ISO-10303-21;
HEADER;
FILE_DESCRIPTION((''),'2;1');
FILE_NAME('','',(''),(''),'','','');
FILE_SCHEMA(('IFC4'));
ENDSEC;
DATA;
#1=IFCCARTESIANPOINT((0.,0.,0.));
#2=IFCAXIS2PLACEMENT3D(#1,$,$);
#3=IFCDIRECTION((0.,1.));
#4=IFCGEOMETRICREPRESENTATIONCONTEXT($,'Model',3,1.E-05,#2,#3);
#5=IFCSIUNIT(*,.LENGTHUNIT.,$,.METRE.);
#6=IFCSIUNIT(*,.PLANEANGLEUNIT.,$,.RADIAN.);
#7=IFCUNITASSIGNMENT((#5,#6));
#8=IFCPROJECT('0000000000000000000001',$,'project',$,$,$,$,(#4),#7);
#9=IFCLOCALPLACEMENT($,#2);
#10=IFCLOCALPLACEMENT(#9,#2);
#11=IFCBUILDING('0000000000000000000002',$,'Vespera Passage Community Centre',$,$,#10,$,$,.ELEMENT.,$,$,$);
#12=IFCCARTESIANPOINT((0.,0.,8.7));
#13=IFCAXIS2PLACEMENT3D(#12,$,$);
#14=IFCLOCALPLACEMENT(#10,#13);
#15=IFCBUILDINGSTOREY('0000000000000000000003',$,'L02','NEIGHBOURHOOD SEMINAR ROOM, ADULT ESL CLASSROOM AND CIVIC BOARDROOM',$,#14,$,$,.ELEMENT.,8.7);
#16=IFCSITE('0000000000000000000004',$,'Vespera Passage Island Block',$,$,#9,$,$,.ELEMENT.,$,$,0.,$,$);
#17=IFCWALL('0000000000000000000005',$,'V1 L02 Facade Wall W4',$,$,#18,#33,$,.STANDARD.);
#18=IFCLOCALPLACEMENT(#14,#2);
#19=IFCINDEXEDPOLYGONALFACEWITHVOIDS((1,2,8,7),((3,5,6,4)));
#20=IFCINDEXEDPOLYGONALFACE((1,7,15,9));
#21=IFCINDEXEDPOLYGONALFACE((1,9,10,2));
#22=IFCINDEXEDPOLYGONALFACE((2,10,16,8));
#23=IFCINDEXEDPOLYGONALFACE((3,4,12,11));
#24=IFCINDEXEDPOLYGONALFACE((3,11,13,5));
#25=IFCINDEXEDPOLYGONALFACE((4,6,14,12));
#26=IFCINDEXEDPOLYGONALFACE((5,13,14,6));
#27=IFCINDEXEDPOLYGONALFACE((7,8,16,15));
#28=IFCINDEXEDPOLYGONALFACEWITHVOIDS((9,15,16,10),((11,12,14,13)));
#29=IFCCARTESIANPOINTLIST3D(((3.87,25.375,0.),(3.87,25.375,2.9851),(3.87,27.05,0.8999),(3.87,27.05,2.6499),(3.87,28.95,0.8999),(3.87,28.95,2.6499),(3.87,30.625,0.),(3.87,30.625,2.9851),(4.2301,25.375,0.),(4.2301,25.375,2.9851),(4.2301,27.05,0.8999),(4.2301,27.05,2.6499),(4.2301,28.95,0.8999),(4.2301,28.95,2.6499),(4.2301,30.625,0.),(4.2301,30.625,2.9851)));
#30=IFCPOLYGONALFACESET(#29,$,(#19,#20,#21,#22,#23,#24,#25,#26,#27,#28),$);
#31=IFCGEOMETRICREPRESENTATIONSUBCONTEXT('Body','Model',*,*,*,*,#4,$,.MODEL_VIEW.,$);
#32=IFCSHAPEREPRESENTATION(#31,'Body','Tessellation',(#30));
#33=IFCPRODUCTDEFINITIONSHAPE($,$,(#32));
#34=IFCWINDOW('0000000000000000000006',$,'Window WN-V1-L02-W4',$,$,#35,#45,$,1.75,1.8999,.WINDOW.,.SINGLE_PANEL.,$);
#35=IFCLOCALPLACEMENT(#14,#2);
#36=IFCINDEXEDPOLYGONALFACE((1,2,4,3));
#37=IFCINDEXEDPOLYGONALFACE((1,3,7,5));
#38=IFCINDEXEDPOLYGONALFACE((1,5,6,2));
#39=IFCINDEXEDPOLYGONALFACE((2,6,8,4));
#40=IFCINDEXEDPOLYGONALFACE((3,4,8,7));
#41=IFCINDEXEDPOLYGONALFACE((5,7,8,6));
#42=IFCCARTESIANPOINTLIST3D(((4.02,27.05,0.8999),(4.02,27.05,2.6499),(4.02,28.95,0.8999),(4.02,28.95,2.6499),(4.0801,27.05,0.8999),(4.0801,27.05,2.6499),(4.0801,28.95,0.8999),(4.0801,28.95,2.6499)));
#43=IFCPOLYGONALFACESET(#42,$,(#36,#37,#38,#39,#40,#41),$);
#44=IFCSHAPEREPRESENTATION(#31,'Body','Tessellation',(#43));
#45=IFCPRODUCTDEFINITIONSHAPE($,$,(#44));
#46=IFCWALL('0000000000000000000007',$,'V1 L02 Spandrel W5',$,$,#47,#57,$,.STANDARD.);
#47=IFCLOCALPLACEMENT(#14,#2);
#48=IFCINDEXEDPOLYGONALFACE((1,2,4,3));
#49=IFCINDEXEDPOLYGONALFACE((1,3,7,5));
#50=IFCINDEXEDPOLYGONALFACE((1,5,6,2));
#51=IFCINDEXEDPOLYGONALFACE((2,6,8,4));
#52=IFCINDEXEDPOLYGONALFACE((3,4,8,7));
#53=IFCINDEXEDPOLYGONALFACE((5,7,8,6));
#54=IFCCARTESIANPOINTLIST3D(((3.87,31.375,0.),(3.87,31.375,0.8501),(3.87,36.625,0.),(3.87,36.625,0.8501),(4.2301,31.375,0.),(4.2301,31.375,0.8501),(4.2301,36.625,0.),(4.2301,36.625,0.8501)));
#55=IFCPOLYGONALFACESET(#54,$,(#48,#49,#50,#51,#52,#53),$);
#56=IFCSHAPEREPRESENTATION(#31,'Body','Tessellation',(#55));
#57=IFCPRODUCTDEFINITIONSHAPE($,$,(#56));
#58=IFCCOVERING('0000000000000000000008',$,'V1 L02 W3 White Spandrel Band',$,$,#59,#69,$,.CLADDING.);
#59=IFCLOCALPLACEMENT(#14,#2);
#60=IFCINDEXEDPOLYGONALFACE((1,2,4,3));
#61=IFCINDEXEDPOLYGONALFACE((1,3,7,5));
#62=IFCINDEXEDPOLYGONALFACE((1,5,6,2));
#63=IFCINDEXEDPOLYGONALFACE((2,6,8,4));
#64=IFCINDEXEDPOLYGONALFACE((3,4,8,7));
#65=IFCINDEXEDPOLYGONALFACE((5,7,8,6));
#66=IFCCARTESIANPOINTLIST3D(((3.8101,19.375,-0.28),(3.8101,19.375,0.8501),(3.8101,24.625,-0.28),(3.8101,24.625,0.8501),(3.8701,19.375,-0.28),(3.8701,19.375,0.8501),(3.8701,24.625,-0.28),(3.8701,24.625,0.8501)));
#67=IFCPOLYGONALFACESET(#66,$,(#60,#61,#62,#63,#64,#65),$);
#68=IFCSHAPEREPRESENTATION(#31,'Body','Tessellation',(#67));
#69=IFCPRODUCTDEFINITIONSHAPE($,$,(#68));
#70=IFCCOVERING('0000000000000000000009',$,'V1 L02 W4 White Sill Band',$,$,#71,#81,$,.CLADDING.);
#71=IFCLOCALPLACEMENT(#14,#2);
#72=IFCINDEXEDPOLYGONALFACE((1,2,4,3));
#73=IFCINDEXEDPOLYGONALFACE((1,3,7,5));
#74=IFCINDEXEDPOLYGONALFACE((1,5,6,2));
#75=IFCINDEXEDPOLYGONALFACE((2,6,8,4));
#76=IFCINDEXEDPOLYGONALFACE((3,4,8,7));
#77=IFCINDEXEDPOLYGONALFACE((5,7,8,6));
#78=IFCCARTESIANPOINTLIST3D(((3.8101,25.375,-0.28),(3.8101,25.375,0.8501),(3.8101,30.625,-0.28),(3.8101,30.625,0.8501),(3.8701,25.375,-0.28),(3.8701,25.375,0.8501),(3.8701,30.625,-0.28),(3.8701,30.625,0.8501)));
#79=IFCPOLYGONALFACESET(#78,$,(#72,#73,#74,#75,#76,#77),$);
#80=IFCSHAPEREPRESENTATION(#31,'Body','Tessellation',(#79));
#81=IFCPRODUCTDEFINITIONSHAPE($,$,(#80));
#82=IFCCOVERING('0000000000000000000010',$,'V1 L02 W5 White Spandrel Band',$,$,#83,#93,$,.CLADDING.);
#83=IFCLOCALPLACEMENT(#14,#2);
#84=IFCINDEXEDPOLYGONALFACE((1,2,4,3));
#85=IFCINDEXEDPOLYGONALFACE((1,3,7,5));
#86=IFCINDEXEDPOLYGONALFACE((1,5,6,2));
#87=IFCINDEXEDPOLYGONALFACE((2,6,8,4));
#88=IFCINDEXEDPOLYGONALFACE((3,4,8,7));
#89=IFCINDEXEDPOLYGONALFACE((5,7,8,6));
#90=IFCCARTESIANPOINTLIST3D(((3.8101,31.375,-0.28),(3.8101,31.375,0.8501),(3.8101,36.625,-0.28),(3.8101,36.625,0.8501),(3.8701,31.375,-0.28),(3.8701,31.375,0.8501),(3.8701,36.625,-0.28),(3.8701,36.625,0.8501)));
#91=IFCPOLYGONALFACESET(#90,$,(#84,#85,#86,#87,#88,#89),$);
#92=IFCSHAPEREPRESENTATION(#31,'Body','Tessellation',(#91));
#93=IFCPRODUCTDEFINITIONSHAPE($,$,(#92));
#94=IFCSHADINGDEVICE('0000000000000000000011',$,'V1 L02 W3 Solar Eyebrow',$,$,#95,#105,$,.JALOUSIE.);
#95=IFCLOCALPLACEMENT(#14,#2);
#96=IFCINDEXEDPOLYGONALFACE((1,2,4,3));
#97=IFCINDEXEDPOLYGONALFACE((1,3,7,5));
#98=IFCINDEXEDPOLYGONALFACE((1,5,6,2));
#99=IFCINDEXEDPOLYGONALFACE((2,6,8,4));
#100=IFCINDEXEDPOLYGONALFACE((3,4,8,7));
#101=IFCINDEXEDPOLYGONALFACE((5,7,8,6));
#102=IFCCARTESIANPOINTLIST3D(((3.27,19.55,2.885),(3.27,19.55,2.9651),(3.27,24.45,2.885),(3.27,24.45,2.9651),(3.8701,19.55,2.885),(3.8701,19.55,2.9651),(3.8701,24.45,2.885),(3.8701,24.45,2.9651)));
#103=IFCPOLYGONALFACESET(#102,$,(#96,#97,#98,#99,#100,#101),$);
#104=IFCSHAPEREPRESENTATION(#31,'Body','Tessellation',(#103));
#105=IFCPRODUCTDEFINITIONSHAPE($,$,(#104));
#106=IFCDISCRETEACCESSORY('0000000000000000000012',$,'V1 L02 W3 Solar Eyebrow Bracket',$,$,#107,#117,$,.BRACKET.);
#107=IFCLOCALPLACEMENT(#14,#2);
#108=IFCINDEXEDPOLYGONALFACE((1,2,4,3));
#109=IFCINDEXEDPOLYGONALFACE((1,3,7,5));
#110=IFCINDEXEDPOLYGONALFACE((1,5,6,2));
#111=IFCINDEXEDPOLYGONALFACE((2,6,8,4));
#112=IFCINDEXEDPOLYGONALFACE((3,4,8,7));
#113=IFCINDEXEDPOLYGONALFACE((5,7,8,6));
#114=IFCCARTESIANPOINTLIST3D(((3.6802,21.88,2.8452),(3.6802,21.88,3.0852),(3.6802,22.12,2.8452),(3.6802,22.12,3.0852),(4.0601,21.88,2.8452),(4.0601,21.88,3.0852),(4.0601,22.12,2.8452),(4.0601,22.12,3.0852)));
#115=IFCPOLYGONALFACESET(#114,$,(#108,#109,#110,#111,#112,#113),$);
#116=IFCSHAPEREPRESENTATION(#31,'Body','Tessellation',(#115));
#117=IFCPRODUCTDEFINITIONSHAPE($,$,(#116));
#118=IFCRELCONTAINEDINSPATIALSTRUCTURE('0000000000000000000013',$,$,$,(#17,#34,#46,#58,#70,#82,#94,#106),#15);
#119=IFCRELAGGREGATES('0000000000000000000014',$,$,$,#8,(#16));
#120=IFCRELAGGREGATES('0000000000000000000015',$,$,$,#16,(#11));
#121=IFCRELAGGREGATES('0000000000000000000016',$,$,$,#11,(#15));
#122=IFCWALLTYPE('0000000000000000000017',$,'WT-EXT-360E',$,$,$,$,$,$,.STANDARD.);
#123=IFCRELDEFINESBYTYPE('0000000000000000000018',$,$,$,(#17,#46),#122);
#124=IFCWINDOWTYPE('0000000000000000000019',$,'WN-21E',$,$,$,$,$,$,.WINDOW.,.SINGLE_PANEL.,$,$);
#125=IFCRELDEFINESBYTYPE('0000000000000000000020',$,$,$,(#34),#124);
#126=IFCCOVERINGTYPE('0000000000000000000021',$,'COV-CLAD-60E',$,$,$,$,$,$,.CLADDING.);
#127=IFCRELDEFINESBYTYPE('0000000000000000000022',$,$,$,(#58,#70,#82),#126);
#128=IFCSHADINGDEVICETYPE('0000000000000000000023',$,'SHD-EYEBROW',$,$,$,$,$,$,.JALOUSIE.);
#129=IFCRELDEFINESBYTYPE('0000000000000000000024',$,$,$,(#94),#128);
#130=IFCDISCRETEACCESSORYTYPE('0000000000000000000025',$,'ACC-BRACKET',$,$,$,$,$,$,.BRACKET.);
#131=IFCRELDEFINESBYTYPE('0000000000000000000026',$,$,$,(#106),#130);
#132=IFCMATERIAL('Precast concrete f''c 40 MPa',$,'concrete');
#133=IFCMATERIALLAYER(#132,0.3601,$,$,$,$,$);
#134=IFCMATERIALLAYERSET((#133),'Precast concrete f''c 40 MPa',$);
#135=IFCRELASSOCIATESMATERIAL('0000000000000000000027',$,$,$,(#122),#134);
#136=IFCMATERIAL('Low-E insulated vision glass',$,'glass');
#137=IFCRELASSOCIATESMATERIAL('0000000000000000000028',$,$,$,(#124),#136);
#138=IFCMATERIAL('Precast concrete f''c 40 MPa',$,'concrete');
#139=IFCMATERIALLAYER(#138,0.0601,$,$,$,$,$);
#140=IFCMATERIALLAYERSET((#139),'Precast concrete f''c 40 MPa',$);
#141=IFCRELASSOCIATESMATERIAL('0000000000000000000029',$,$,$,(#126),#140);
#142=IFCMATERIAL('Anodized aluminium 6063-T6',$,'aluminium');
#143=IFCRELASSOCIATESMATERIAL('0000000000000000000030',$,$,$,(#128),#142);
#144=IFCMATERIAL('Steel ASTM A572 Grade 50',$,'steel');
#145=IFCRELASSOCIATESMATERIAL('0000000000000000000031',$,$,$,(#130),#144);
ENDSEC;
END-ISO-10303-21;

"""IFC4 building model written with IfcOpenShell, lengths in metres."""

from ifc_helpers import new_model, si_unit, direction, frame, frame_2d, origin, origin_2d, place, context, subcontext, project, spatial, rectangle, extrude, material, layer, layer_set, type_object, element, fill, save


model = new_model("IFC4")

# Units and contexts
model_context = context("Model", 3, precision=1e-05, world=origin(), true_north=direction((0.0, 1.0)))
body_context = subcontext(model_context, "Body", "Model", "MODEL_VIEW")
ifc_project = project(units=[si_unit("LENGTHUNIT", "METRE"), si_unit("PLANEANGLEUNIT", "RADIAN")], contexts=[model_context])

# Site, building, storey
site_placement = place(None, origin())
site = spatial("IfcSite", under=ifc_project, at=site_placement, Name="Vespera Passage Island Block", CompositionType="ELEMENT", RefElevation=0.0)
building_placement = place(site_placement, origin())
building = spatial("IfcBuilding", under=site, at=building_placement, Name="Vespera Passage Community Centre", CompositionType="ELEMENT")
storey_placement = place(building_placement, frame((0.0, 0.0, 8.7)))
storey = spatial("IfcBuildingStorey", under=building, at=storey_placement, Name="L02", Description="NEIGHBOURHOOD SEMINAR ROOM, ADULT ESL CLASSROOM AND CIVIC BOARDROOM", CompositionType="ELEMENT", Elevation=8.7)

# Shared definitions
ifc_material_1 = material(Name="Precast concrete f'c 40 MPa", Category="concrete")
ifc_layer_1 = layer(ifc_material_1, 0.3601)
ifc_layer_set_1 = layer_set([ifc_layer_1], Name="Precast concrete f'c 40 MPa")
wall_type = type_object("IfcWallType", Name="WT-EXT-360E", PredefinedType="STANDARD", material=ifc_layer_set_1)

# Wall, opening, window
wall_1_placement = place(storey_placement, frame((4.05, 25.375, 0.0), z_axis=(0.0, 0.0, 1.0), x_axis=(0.0, 1.0, 0.0)))
wall_1 = element("IfcWall", 1, at=wall_1_placement, inside=storey, type_object=wall_type, Name="V1 L02 Facade Wall W4", PredefinedType="STANDARD", context=body_context, shape_type="SweptSolid", body=[
    extrude(rectangle(XDim=5.25, YDim=0.3601, at=frame_2d((2.625, 0.0))), origin(), (0.0, 0.0, 1.0), 2.9851),
])
opening_placement = place(wall_1_placement, frame((1.675, 0.0, 0.8999)))
opening = element("IfcOpeningElement", 2, at=opening_placement, cuts=wall_1, PredefinedType="OPENING", context=body_context, shape_type="SweptSolid", body=[
    extrude(rectangle(XDim=1.8999, YDim=1.75, at=frame_2d((0.95, 0.875))), frame((0.0, 0.1902, 0.0), z_axis=(0.0, -1.0, 0.0), x_axis=(1.0, 0.0, 0.0)), (0.0, 0.0, 1.0), 0.3801),
])
ifc_material_2 = material(Name="Low-E insulated vision glass", Category="glass")
window_type = type_object("IfcWindowType", Name="WN-21E", PartitioningType="SINGLE_PANEL", PredefinedType="WINDOW", material=ifc_material_2)
window_placement = place(opening_placement, origin())
window = element("IfcWindow", 3, at=window_placement, inside=storey, type_object=window_type, Name="Window WN-V1-L02-W4", OverallHeight=1.75, OverallWidth=1.8999, PartitioningType="SINGLE_PANEL", PredefinedType="WINDOW", context=body_context, shape_type="SweptSolid", body=[
    extrude(rectangle(XDim=1.8999, YDim=1.75, at=frame_2d((0.95, 0.875))), frame((0.0, 0.03, 0.0), z_axis=(0.0, -1.0, 0.0), x_axis=(1.0, 0.0, 0.0)), (0.0, 0.0, 1.0), 0.0601),
])
fill(opening, window)

# Wall
wall_2_placement = place(storey_placement, frame((4.05, 31.375, 0.0), z_axis=(0.0, 0.0, 1.0), x_axis=(0.0, 1.0, 0.0)))
element("IfcWall", 4, at=wall_2_placement, inside=storey, type_object=wall_type, Name="V1 L02 Spandrel W5", PredefinedType="STANDARD", context=body_context, shape_type="SweptSolid", body=[
    extrude(rectangle(XDim=5.25, YDim=0.3601, at=frame_2d((2.625, 0.0))), origin(), (0.0, 0.0, 1.0), 0.8501),
])

# Coverings
ifc_material_3 = material(Name="Precast concrete f'c 40 MPa", Category="concrete")
ifc_layer_2 = layer(ifc_material_3, 0.0601)
ifc_layer_set_2 = layer_set([ifc_layer_2], Name="Precast concrete f'c 40 MPa")
covering_type = type_object("IfcCoveringType", Name="COV-CLAD-60E", PredefinedType="CLADDING", material=ifc_layer_set_2)
for number, where, z_axis, x_axis, name in (
    (5, (3.8401, 19.375, -0.28), (0.0, 0.0, 1.0), (0.0, 1.0, 0.0), "V1 L02 W3 White Spandrel Band"),
    (6, (3.8401, 25.375, -0.28), (0.0, 0.0, 1.0), (0.0, 1.0, 0.0), "V1 L02 W4 White Sill Band"),
    (7, (3.8401, 31.375, -0.28), (0.0, 0.0, 1.0), (0.0, 1.0, 0.0), "V1 L02 W5 White Spandrel Band"),
):
    element("IfcCovering", number, at=place(storey_placement, frame(where, z_axis=z_axis, x_axis=x_axis)), inside=storey, type_object=covering_type, Name=name, PredefinedType="CLADDING", context=body_context, shape_type="SweptSolid", body=[
        extrude(rectangle(XDim=5.25, YDim=0.0601, at=frame_2d((2.625, 0.0))), origin(), (0.0, 0.0, 1.0), 1.1301),
    ])

# Shading device
ifc_material_4 = material(Name="Anodized aluminium 6063-T6", Category="aluminium")
shading_device_type = type_object("IfcShadingDeviceType", Name="SHD-EYEBROW", PredefinedType="JALOUSIE", material=ifc_material_4)
shading_device_placement = place(storey_placement, frame((3.5701, 22.0, 2.885), z_axis=(0.0, 0.0, 1.0), x_axis=(0.0, 1.0, 0.0)))
element("IfcShadingDevice", 8, at=shading_device_placement, inside=storey, type_object=shading_device_type, Name="V1 L02 W3 Solar Eyebrow", PredefinedType="JALOUSIE", context=body_context, shape_type="SweptSolid", body=[
    extrude(rectangle(XDim=4.8999, YDim=0.6001, at=origin_2d()), origin(), (0.0, 0.0, 1.0), 0.0801),
])

# Discrete accessory
ifc_material_5 = material(Name="Steel ASTM A572 Grade 50", Category="steel")
discrete_accessory_type = type_object("IfcDiscreteAccessoryType", Name="ACC-BRACKET", PredefinedType="BRACKET", material=ifc_material_5)
discrete_accessory_placement = place(storey_placement, frame((3.8701, 22.0, 2.8452), z_axis=(0.0, 0.0, 1.0), x_axis=(0.0, 1.0, 0.0)))
element("IfcDiscreteAccessory", 9, at=discrete_accessory_placement, inside=storey, type_object=discrete_accessory_type, Name="V1 L02 W3 Solar Eyebrow Bracket", PredefinedType="BRACKET", context=body_context, shape_type="SweptSolid", body=[
    extrude(rectangle(XDim=0.24, YDim=0.3799, at=origin_2d()), origin(), (0.0, 0.0, 1.0), 0.24),
])

save(model, "model.ifc")
